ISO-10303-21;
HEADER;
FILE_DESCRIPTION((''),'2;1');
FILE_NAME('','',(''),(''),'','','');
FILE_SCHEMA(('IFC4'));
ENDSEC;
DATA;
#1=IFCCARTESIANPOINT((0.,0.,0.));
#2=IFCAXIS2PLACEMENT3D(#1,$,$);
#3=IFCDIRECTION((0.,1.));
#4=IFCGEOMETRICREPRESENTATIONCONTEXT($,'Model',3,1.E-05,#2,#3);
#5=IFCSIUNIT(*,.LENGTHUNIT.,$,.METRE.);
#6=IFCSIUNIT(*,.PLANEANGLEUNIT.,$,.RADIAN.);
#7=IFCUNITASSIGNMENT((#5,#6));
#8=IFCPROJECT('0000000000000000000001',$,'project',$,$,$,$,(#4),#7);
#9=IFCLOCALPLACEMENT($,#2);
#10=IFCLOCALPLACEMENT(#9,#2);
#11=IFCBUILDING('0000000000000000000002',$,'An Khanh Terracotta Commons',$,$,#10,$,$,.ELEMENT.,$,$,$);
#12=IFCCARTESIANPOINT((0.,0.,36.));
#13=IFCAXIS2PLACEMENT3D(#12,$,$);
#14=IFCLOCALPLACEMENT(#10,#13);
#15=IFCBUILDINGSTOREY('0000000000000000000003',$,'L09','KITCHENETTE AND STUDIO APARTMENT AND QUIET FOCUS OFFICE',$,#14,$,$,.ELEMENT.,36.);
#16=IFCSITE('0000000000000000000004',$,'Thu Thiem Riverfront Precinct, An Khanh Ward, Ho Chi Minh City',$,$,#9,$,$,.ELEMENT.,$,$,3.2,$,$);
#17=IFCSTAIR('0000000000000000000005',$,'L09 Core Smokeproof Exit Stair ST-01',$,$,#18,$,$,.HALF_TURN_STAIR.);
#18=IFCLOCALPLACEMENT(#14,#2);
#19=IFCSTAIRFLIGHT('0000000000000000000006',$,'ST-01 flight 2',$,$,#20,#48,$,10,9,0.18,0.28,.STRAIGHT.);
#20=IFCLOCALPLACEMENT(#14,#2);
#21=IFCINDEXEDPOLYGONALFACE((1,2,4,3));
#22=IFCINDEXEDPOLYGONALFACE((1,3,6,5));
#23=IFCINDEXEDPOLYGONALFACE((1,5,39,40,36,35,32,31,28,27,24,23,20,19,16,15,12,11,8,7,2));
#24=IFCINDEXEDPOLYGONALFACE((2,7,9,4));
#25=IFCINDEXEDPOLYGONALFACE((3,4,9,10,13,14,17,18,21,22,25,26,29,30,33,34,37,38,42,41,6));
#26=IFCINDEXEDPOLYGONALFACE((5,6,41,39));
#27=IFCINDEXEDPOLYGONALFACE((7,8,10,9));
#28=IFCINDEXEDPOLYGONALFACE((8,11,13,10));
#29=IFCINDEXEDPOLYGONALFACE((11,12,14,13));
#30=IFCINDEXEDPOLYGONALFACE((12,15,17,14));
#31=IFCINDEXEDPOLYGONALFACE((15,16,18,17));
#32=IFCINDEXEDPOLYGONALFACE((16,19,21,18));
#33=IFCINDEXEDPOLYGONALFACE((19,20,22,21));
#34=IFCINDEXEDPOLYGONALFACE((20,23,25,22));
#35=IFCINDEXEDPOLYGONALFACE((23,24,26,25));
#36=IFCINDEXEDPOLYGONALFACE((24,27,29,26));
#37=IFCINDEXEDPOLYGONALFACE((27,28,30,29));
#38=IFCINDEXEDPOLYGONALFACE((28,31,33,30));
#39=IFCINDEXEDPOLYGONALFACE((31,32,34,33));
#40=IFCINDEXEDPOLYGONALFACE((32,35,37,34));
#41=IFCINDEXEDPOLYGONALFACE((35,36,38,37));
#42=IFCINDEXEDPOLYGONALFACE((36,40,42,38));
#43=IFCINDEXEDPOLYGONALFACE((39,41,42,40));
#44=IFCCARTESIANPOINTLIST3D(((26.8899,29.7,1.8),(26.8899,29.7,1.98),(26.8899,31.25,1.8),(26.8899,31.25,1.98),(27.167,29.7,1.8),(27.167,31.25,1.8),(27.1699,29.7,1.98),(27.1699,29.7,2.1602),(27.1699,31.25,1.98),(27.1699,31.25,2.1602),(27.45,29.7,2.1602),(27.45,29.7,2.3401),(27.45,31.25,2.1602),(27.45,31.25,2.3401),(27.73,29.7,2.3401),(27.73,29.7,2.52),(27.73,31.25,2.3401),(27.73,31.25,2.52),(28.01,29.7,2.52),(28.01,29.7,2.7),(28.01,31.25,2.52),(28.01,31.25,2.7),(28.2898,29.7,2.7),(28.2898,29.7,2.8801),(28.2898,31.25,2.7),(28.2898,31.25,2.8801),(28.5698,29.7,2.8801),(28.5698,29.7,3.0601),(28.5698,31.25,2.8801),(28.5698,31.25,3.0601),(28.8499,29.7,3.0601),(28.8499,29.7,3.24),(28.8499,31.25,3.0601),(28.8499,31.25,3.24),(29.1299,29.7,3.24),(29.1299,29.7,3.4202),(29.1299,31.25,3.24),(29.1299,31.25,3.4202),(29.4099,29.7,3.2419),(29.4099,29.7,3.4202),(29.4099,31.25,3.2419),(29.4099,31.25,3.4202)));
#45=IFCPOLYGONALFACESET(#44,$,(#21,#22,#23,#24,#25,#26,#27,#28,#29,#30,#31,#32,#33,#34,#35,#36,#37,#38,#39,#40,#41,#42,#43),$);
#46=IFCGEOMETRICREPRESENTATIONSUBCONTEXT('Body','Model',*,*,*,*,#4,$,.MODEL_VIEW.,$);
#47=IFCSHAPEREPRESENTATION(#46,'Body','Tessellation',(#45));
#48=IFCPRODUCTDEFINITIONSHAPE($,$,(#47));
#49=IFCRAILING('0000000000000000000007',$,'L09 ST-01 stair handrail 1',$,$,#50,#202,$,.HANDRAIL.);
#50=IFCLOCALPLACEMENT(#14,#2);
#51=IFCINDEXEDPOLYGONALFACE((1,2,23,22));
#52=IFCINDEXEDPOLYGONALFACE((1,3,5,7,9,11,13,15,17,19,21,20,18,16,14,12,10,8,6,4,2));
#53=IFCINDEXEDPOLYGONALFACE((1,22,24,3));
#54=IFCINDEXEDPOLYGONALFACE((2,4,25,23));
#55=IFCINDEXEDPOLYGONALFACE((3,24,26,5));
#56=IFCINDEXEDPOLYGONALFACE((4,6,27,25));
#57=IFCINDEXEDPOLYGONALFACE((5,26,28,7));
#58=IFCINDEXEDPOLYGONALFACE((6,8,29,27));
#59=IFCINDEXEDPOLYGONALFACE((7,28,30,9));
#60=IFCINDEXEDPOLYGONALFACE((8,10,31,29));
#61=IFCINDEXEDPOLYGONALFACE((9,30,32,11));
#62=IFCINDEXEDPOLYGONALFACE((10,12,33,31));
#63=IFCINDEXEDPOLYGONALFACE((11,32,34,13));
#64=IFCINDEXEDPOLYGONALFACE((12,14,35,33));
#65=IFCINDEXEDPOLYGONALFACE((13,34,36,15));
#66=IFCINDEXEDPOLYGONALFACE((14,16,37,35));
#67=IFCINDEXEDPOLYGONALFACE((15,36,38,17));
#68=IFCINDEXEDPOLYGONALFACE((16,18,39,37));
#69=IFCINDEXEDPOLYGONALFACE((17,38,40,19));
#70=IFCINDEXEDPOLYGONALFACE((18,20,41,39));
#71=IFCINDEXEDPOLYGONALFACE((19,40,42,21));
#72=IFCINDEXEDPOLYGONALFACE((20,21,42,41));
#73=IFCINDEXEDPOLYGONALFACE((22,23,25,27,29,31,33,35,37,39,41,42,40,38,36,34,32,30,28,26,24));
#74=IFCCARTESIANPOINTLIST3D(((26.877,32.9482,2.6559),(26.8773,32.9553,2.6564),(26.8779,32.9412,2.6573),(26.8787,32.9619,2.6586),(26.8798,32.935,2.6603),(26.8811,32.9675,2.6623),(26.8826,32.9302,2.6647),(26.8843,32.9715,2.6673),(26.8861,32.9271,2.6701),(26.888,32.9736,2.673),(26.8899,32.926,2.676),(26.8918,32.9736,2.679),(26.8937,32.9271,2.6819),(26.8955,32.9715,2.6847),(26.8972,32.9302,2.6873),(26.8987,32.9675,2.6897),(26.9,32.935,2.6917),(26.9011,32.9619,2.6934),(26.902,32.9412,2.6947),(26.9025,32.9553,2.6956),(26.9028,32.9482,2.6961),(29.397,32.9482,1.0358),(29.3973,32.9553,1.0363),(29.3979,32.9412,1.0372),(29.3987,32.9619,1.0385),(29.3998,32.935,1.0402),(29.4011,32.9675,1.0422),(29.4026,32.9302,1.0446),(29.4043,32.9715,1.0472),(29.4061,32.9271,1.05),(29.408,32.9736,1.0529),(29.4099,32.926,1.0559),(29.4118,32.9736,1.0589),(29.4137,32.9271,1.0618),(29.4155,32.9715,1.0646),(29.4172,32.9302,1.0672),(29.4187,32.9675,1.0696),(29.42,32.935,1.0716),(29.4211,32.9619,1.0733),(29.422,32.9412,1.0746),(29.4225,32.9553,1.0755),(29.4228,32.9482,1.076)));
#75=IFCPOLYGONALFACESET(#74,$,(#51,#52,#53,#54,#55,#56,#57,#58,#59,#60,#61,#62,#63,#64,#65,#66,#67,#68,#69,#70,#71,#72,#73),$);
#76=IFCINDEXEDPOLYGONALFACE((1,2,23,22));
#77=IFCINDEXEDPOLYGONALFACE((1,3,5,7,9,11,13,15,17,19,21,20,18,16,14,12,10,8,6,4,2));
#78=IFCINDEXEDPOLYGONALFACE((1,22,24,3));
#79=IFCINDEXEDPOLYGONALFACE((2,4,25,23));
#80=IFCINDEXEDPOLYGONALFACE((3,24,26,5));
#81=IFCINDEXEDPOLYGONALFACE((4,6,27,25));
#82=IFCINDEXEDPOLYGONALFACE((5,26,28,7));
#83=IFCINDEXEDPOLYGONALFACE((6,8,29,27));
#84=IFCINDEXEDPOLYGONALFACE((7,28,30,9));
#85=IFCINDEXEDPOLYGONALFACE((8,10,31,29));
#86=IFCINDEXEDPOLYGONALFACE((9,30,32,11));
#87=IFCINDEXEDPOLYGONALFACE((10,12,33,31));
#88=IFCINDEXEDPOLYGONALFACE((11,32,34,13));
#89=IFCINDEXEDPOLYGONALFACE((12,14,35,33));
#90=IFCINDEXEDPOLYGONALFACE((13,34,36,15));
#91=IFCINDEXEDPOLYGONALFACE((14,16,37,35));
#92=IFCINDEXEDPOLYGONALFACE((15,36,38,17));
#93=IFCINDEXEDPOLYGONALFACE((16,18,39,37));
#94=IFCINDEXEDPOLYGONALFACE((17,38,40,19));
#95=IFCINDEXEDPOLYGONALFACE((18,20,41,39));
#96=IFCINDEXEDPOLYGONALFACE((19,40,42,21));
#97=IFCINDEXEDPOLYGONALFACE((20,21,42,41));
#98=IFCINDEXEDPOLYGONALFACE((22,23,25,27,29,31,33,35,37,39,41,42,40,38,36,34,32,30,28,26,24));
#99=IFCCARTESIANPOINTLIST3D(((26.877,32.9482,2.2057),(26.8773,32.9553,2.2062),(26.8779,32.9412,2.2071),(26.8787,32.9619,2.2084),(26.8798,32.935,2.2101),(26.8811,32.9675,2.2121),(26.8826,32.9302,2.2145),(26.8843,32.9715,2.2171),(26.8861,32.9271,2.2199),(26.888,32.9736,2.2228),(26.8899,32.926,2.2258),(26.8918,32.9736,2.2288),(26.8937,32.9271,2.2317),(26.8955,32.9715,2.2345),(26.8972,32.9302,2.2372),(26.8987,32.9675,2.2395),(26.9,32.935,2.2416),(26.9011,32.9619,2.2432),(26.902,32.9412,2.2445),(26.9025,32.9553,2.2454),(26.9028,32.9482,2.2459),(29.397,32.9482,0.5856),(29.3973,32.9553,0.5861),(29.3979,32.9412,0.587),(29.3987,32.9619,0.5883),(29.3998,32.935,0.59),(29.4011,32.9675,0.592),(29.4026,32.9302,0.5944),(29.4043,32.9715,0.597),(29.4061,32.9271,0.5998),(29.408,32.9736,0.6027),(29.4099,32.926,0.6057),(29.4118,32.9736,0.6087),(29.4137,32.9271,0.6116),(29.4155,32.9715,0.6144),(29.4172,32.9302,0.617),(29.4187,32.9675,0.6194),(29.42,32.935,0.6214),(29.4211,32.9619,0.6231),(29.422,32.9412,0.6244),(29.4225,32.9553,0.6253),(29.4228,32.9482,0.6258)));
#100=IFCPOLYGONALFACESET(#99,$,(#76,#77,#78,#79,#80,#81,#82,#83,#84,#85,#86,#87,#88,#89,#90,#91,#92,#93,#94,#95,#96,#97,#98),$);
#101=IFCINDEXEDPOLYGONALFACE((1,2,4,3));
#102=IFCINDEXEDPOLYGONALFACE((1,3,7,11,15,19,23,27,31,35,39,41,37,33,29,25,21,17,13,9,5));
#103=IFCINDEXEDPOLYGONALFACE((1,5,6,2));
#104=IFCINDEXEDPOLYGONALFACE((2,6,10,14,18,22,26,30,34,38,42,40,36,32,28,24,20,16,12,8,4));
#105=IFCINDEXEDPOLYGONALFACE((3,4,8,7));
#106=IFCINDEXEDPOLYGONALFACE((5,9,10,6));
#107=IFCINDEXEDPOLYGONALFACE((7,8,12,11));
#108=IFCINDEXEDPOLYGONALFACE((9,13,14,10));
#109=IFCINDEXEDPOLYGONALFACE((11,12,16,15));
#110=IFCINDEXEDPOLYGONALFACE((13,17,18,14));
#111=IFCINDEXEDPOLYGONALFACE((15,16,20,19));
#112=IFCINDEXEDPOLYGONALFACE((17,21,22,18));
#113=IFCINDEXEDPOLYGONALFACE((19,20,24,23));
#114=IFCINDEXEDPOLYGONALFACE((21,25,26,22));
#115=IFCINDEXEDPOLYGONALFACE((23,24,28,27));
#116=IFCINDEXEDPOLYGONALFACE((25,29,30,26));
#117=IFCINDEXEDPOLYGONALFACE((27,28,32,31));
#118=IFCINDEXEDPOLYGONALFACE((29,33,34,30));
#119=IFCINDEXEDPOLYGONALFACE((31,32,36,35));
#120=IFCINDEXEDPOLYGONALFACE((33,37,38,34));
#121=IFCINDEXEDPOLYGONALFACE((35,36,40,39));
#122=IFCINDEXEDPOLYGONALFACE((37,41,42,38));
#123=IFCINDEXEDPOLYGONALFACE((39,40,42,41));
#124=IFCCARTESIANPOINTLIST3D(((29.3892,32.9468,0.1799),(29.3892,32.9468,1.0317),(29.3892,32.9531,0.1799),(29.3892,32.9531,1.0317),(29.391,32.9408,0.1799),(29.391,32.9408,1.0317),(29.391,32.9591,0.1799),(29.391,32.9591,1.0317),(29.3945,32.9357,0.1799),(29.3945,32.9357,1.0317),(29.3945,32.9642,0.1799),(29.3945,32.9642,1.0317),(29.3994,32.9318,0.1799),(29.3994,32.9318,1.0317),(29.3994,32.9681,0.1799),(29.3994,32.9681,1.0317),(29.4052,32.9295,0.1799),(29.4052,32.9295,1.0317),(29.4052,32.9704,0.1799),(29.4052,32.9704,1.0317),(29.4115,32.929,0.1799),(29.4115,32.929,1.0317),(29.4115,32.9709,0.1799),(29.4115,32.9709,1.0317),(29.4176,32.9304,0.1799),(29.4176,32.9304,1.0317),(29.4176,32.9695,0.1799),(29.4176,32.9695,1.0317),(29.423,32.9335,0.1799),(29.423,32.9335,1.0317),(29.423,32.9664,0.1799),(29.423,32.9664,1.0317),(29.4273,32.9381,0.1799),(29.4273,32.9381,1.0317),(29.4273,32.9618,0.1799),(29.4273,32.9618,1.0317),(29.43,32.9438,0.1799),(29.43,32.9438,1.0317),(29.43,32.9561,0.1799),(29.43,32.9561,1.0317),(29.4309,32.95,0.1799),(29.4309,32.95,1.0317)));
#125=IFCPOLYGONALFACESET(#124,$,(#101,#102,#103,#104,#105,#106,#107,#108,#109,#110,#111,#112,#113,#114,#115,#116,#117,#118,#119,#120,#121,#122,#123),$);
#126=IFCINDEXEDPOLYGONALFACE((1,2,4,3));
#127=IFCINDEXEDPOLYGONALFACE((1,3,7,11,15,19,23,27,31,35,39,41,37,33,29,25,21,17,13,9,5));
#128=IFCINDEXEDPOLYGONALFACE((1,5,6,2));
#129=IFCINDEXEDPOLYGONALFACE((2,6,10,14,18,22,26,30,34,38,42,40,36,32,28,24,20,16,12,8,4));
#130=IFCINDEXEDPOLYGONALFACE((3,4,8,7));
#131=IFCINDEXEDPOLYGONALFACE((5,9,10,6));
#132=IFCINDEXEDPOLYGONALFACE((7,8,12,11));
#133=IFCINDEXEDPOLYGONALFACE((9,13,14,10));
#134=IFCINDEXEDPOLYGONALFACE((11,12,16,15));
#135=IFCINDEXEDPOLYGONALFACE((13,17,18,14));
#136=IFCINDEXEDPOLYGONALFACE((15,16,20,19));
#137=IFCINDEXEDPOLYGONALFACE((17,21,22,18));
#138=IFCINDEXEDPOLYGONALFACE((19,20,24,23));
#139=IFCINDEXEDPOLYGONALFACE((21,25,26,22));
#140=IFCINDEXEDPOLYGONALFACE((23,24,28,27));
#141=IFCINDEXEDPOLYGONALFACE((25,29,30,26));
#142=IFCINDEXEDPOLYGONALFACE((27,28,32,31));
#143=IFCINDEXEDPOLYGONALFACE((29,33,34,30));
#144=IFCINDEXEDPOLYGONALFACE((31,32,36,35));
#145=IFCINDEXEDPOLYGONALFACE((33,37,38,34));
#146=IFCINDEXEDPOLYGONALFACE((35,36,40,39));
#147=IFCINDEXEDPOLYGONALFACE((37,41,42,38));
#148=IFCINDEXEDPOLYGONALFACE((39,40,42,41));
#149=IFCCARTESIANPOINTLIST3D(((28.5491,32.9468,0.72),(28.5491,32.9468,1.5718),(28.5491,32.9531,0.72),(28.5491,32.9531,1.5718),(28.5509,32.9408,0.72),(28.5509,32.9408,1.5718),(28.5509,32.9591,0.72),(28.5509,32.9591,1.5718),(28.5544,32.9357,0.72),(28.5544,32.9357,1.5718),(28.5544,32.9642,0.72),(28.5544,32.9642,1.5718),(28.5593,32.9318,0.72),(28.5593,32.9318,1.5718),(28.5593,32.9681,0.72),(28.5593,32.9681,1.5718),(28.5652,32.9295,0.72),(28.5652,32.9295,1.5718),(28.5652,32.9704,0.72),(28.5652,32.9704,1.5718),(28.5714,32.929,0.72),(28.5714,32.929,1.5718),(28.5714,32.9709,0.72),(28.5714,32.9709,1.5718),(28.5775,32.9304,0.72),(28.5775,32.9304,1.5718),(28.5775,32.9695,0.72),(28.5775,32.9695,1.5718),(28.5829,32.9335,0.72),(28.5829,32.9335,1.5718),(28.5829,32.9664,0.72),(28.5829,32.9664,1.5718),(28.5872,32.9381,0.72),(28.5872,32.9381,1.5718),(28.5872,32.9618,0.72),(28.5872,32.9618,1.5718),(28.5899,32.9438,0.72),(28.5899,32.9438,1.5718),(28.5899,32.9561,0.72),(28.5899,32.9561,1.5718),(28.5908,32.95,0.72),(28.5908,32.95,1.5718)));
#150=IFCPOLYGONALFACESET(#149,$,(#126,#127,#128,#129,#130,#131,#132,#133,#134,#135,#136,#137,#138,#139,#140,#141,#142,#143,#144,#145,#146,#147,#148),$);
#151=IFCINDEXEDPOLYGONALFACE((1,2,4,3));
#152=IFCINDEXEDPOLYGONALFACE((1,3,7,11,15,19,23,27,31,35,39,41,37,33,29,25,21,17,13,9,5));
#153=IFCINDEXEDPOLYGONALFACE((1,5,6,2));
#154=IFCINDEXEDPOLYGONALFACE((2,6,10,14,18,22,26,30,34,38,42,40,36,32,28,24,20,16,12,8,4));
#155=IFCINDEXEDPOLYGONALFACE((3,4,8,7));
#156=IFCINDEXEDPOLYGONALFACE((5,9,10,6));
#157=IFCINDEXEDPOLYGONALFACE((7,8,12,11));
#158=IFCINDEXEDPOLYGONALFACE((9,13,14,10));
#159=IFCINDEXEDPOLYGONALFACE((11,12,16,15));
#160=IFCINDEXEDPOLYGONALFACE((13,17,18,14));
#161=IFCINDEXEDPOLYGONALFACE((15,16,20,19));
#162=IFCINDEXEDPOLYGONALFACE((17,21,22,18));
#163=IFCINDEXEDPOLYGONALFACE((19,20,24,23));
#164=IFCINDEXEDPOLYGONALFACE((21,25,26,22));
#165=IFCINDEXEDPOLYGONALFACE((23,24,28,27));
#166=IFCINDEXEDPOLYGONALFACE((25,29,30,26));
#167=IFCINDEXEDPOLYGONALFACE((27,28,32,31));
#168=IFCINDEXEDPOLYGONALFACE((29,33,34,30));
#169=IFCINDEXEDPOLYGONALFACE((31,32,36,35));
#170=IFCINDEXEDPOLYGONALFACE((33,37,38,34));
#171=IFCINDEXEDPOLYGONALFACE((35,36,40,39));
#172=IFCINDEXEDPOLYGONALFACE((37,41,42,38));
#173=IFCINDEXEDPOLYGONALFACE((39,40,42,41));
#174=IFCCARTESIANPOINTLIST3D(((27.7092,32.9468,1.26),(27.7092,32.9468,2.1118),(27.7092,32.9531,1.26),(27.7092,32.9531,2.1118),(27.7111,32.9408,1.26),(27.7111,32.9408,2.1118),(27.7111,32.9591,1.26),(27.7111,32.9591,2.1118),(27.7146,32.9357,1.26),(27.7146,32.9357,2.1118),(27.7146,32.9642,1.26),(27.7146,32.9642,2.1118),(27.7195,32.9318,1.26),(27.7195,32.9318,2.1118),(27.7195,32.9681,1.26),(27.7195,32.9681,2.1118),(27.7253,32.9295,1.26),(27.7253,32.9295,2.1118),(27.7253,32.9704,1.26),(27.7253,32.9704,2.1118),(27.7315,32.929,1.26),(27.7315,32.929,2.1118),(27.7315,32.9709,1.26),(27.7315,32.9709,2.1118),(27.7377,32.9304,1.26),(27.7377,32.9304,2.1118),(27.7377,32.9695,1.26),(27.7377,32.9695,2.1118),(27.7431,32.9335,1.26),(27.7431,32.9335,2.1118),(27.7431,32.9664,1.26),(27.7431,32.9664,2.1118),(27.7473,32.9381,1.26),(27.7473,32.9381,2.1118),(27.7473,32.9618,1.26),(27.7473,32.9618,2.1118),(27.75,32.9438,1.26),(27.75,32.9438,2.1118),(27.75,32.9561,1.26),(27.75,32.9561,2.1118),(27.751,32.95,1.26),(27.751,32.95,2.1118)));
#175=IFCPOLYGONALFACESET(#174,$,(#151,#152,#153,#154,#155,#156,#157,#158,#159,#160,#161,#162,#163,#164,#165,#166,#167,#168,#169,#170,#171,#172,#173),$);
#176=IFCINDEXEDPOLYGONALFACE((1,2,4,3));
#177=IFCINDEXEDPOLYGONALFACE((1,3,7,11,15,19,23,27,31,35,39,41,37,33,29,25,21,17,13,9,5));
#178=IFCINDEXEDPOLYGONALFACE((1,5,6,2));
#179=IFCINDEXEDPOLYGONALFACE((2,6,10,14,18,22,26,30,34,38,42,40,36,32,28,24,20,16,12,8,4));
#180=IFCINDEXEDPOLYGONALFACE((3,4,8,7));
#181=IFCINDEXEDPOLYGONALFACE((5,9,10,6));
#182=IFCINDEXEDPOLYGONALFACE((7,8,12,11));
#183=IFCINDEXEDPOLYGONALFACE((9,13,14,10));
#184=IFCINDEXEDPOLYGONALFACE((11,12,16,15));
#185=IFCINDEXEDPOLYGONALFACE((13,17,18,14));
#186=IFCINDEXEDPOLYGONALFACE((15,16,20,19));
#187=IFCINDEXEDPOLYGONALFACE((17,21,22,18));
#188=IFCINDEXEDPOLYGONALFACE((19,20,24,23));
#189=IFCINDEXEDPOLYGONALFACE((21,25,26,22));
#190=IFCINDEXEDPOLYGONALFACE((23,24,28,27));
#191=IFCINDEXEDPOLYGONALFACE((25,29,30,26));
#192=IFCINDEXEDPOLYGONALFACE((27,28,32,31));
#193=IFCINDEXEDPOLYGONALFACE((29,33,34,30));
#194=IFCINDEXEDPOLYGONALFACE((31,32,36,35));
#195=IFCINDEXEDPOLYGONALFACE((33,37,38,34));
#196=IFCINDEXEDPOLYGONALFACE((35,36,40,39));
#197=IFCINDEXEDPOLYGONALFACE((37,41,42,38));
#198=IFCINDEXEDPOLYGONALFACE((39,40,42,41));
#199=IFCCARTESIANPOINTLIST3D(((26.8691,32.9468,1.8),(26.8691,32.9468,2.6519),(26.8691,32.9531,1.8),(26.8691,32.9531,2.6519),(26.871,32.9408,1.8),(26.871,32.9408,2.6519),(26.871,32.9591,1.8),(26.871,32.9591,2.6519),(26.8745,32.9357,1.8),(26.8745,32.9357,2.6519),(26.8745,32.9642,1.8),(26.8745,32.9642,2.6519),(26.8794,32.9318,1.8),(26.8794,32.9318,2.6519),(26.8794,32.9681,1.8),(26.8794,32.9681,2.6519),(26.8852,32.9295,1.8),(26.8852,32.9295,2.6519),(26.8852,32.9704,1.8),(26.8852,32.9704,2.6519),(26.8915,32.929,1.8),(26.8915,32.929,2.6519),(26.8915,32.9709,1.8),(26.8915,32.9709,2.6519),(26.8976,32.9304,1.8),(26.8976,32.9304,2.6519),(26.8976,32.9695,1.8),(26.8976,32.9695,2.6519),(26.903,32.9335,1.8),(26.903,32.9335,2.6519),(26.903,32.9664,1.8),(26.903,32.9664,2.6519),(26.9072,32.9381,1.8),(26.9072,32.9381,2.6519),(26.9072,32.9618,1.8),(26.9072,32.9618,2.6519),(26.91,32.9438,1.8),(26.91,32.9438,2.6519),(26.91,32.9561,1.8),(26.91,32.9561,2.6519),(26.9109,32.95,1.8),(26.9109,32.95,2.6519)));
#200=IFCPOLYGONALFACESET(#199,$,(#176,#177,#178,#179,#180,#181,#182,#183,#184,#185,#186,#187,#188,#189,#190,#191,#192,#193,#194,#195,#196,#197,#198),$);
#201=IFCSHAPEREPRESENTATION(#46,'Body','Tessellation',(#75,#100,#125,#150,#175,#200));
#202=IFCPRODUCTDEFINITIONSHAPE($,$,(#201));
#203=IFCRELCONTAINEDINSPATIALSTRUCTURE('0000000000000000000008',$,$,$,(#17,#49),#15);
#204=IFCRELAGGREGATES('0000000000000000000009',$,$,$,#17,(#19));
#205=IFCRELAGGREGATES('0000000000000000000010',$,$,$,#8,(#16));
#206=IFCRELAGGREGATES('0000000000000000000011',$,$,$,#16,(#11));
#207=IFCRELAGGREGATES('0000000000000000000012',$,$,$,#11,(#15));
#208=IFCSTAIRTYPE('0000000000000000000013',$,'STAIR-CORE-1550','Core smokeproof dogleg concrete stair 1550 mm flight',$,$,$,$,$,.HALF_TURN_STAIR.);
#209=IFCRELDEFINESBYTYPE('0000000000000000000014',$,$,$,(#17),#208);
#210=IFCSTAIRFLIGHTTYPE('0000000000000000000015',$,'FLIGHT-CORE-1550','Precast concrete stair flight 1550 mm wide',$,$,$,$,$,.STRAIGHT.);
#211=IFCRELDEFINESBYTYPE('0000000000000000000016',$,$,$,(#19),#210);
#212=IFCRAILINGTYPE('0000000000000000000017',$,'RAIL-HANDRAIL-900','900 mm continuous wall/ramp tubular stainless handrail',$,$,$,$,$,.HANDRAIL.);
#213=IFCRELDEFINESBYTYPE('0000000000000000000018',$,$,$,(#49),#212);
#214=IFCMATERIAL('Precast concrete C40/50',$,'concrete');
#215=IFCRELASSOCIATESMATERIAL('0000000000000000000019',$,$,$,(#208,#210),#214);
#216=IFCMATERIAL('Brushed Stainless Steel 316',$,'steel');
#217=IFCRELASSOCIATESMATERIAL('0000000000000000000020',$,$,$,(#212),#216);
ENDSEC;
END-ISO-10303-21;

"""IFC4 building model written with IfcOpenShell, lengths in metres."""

from ifc_helpers import new_model, si_unit, direction, frame, origin, origin_2d, place, context, subcontext, project, spatial, polyline, circle, outline, extrude, material, type_object, element, aggregate, save


model = new_model("IFC4")

# Units and contexts
model_context = context("Model", 3, precision=1e-05, world=origin(), true_north=direction((0.0, 1.0)))
body_context = subcontext(model_context, "Body", "Model", "MODEL_VIEW")
ifc_project = project(units=[si_unit("LENGTHUNIT", "METRE"), si_unit("PLANEANGLEUNIT", "RADIAN")], contexts=[model_context])

# Site, building, storey
site_placement = place(None, origin())
site = spatial("IfcSite", under=ifc_project, at=site_placement, Name="Thu Thiem Riverfront Precinct, An Khanh Ward, Ho Chi Minh City", CompositionType="ELEMENT", RefElevation=3.2)
building_placement = place(site_placement, origin())
building = spatial("IfcBuilding", under=site, at=building_placement, Name="An Khanh Terracotta Commons", CompositionType="ELEMENT")
storey_placement = place(building_placement, frame((0.0, 0.0, 36.0)))
storey = spatial("IfcBuildingStorey", under=building, at=storey_placement, Name="L09", Description="KITCHENETTE AND STUDIO APARTMENT AND QUIET FOCUS OFFICE", CompositionType="ELEMENT", Elevation=36.0)

# Stair, stair flight
ifc_material_1 = material(Name="Precast concrete C40/50", Category="concrete")
stair_type = type_object("IfcStairType", Name="STAIR-CORE-1550", Description="Core smokeproof dogleg concrete stair 1550 mm flight", PredefinedType="HALF_TURN_STAIR", material=ifc_material_1)
stair_placement = place(storey_placement, origin())
stair = element("IfcStair", 1, at=stair_placement, inside=storey, type_object=stair_type, Name="L09 Core Smokeproof Exit Stair ST-01", PredefinedType="HALF_TURN_STAIR")
stair_flight_type = type_object("IfcStairFlightType", Name="FLIGHT-CORE-1550", Description="Precast concrete stair flight 1550 mm wide", PredefinedType="STRAIGHT", material=ifc_material_1)
stair_flight_1_placement = place(storey_placement, frame((26.8899, 30.4751, 1.8), z_axis=(0.0, 0.0, 1.0), x_axis=(1.0, 0.0, 0.0)))
stair_flight_1 = element("IfcStairFlight", 2, at=stair_flight_1_placement, type_object=stair_flight_type, Name="ST-01 flight 2", NumberOfRisers=10, NumberOfTreads=9, PredefinedType="STRAIGHT", RiserHeight=0.18, TreadLength=0.28, context=body_context, shape_type="SweptSolid", body=[
    extrude(outline(polyline([(0.0, 0.0), (0.0, 0.1799), (0.28, 0.1799), (0.28, 0.3601), (0.5601, 0.3601), (0.5601, 0.54), (0.8401, 0.54), (0.8401, 0.72), (1.1201, 0.72), (1.1201, 0.8999), (1.3999, 0.8999), (1.3999, 1.0801), (1.6799, 1.0801), (1.6799, 1.26), (1.96, 1.26), (1.96, 1.4399), (2.24, 1.4399), (2.24, 1.6201), (2.52, 1.6201), (2.52, 1.8), (2.52, 1.4419), (0.2771, 0.0), (0.0, 0.0)])), frame((0.0, 0.7749, 0.0), z_axis=(0.0, -1.0, 0.0), x_axis=(1.0, 0.0, 0.0)), (0.0, 0.0, 1.0), 1.55),
])
aggregate(stair, [stair_flight_1])

# Railing
ifc_material_2 = material(Name="Brushed Stainless Steel 316", Category="steel")
railing_type_1 = type_object("IfcRailingType", Name="RAIL-HANDRAIL-900", Description="900 mm continuous wall/ramp tubular stainless handrail", PredefinedType="HANDRAIL", material=ifc_material_2)
railing_1_placement = place(storey_placement, frame((29.4099, 32.95, 0.1799)))
element("IfcRailing", 3, at=railing_1_placement, inside=storey, type_object=railing_type_1, Name="L09 ST-01 stair handrail 1", PredefinedType="HANDRAIL", context=body_context, shape_type="SweptSolid", body=[
    extrude(circle(Radius=0.0239, at=origin_2d()), frame((0.0, 0.0, 0.876), z_axis=(-0.841163, 0.0, 0.540782), x_axis=(0.0, -1.0, 0.0)), (0.0, 0.0, 1.0), 2.9958),
    extrude(circle(Radius=0.0239, at=origin_2d()), frame((0.0, 0.0, 0.4258), z_axis=(-0.841163, 0.0, 0.540782), x_axis=(0.0, -1.0, 0.0)), (0.0, 0.0, 1.0), 2.9958),
    extrude(circle(Radius=0.021, at=origin_2d()), origin(), (0.0, 0.0, 1.0), 0.8518),
    extrude(circle(Radius=0.021, at=origin_2d()), frame((-0.8401, 0.0, 0.54)), (0.0, 0.0, 1.0), 0.8518),
    extrude(circle(Radius=0.021, at=origin_2d()), frame((-1.6799, 0.0, 1.0801)), (0.0, 0.0, 1.0), 0.8518),
    extrude(circle(Radius=0.021, at=origin_2d()), frame((-2.52, 0.0, 1.6201)), (0.0, 0.0, 1.0), 0.8518),
])

save(model, "model.ifc")
